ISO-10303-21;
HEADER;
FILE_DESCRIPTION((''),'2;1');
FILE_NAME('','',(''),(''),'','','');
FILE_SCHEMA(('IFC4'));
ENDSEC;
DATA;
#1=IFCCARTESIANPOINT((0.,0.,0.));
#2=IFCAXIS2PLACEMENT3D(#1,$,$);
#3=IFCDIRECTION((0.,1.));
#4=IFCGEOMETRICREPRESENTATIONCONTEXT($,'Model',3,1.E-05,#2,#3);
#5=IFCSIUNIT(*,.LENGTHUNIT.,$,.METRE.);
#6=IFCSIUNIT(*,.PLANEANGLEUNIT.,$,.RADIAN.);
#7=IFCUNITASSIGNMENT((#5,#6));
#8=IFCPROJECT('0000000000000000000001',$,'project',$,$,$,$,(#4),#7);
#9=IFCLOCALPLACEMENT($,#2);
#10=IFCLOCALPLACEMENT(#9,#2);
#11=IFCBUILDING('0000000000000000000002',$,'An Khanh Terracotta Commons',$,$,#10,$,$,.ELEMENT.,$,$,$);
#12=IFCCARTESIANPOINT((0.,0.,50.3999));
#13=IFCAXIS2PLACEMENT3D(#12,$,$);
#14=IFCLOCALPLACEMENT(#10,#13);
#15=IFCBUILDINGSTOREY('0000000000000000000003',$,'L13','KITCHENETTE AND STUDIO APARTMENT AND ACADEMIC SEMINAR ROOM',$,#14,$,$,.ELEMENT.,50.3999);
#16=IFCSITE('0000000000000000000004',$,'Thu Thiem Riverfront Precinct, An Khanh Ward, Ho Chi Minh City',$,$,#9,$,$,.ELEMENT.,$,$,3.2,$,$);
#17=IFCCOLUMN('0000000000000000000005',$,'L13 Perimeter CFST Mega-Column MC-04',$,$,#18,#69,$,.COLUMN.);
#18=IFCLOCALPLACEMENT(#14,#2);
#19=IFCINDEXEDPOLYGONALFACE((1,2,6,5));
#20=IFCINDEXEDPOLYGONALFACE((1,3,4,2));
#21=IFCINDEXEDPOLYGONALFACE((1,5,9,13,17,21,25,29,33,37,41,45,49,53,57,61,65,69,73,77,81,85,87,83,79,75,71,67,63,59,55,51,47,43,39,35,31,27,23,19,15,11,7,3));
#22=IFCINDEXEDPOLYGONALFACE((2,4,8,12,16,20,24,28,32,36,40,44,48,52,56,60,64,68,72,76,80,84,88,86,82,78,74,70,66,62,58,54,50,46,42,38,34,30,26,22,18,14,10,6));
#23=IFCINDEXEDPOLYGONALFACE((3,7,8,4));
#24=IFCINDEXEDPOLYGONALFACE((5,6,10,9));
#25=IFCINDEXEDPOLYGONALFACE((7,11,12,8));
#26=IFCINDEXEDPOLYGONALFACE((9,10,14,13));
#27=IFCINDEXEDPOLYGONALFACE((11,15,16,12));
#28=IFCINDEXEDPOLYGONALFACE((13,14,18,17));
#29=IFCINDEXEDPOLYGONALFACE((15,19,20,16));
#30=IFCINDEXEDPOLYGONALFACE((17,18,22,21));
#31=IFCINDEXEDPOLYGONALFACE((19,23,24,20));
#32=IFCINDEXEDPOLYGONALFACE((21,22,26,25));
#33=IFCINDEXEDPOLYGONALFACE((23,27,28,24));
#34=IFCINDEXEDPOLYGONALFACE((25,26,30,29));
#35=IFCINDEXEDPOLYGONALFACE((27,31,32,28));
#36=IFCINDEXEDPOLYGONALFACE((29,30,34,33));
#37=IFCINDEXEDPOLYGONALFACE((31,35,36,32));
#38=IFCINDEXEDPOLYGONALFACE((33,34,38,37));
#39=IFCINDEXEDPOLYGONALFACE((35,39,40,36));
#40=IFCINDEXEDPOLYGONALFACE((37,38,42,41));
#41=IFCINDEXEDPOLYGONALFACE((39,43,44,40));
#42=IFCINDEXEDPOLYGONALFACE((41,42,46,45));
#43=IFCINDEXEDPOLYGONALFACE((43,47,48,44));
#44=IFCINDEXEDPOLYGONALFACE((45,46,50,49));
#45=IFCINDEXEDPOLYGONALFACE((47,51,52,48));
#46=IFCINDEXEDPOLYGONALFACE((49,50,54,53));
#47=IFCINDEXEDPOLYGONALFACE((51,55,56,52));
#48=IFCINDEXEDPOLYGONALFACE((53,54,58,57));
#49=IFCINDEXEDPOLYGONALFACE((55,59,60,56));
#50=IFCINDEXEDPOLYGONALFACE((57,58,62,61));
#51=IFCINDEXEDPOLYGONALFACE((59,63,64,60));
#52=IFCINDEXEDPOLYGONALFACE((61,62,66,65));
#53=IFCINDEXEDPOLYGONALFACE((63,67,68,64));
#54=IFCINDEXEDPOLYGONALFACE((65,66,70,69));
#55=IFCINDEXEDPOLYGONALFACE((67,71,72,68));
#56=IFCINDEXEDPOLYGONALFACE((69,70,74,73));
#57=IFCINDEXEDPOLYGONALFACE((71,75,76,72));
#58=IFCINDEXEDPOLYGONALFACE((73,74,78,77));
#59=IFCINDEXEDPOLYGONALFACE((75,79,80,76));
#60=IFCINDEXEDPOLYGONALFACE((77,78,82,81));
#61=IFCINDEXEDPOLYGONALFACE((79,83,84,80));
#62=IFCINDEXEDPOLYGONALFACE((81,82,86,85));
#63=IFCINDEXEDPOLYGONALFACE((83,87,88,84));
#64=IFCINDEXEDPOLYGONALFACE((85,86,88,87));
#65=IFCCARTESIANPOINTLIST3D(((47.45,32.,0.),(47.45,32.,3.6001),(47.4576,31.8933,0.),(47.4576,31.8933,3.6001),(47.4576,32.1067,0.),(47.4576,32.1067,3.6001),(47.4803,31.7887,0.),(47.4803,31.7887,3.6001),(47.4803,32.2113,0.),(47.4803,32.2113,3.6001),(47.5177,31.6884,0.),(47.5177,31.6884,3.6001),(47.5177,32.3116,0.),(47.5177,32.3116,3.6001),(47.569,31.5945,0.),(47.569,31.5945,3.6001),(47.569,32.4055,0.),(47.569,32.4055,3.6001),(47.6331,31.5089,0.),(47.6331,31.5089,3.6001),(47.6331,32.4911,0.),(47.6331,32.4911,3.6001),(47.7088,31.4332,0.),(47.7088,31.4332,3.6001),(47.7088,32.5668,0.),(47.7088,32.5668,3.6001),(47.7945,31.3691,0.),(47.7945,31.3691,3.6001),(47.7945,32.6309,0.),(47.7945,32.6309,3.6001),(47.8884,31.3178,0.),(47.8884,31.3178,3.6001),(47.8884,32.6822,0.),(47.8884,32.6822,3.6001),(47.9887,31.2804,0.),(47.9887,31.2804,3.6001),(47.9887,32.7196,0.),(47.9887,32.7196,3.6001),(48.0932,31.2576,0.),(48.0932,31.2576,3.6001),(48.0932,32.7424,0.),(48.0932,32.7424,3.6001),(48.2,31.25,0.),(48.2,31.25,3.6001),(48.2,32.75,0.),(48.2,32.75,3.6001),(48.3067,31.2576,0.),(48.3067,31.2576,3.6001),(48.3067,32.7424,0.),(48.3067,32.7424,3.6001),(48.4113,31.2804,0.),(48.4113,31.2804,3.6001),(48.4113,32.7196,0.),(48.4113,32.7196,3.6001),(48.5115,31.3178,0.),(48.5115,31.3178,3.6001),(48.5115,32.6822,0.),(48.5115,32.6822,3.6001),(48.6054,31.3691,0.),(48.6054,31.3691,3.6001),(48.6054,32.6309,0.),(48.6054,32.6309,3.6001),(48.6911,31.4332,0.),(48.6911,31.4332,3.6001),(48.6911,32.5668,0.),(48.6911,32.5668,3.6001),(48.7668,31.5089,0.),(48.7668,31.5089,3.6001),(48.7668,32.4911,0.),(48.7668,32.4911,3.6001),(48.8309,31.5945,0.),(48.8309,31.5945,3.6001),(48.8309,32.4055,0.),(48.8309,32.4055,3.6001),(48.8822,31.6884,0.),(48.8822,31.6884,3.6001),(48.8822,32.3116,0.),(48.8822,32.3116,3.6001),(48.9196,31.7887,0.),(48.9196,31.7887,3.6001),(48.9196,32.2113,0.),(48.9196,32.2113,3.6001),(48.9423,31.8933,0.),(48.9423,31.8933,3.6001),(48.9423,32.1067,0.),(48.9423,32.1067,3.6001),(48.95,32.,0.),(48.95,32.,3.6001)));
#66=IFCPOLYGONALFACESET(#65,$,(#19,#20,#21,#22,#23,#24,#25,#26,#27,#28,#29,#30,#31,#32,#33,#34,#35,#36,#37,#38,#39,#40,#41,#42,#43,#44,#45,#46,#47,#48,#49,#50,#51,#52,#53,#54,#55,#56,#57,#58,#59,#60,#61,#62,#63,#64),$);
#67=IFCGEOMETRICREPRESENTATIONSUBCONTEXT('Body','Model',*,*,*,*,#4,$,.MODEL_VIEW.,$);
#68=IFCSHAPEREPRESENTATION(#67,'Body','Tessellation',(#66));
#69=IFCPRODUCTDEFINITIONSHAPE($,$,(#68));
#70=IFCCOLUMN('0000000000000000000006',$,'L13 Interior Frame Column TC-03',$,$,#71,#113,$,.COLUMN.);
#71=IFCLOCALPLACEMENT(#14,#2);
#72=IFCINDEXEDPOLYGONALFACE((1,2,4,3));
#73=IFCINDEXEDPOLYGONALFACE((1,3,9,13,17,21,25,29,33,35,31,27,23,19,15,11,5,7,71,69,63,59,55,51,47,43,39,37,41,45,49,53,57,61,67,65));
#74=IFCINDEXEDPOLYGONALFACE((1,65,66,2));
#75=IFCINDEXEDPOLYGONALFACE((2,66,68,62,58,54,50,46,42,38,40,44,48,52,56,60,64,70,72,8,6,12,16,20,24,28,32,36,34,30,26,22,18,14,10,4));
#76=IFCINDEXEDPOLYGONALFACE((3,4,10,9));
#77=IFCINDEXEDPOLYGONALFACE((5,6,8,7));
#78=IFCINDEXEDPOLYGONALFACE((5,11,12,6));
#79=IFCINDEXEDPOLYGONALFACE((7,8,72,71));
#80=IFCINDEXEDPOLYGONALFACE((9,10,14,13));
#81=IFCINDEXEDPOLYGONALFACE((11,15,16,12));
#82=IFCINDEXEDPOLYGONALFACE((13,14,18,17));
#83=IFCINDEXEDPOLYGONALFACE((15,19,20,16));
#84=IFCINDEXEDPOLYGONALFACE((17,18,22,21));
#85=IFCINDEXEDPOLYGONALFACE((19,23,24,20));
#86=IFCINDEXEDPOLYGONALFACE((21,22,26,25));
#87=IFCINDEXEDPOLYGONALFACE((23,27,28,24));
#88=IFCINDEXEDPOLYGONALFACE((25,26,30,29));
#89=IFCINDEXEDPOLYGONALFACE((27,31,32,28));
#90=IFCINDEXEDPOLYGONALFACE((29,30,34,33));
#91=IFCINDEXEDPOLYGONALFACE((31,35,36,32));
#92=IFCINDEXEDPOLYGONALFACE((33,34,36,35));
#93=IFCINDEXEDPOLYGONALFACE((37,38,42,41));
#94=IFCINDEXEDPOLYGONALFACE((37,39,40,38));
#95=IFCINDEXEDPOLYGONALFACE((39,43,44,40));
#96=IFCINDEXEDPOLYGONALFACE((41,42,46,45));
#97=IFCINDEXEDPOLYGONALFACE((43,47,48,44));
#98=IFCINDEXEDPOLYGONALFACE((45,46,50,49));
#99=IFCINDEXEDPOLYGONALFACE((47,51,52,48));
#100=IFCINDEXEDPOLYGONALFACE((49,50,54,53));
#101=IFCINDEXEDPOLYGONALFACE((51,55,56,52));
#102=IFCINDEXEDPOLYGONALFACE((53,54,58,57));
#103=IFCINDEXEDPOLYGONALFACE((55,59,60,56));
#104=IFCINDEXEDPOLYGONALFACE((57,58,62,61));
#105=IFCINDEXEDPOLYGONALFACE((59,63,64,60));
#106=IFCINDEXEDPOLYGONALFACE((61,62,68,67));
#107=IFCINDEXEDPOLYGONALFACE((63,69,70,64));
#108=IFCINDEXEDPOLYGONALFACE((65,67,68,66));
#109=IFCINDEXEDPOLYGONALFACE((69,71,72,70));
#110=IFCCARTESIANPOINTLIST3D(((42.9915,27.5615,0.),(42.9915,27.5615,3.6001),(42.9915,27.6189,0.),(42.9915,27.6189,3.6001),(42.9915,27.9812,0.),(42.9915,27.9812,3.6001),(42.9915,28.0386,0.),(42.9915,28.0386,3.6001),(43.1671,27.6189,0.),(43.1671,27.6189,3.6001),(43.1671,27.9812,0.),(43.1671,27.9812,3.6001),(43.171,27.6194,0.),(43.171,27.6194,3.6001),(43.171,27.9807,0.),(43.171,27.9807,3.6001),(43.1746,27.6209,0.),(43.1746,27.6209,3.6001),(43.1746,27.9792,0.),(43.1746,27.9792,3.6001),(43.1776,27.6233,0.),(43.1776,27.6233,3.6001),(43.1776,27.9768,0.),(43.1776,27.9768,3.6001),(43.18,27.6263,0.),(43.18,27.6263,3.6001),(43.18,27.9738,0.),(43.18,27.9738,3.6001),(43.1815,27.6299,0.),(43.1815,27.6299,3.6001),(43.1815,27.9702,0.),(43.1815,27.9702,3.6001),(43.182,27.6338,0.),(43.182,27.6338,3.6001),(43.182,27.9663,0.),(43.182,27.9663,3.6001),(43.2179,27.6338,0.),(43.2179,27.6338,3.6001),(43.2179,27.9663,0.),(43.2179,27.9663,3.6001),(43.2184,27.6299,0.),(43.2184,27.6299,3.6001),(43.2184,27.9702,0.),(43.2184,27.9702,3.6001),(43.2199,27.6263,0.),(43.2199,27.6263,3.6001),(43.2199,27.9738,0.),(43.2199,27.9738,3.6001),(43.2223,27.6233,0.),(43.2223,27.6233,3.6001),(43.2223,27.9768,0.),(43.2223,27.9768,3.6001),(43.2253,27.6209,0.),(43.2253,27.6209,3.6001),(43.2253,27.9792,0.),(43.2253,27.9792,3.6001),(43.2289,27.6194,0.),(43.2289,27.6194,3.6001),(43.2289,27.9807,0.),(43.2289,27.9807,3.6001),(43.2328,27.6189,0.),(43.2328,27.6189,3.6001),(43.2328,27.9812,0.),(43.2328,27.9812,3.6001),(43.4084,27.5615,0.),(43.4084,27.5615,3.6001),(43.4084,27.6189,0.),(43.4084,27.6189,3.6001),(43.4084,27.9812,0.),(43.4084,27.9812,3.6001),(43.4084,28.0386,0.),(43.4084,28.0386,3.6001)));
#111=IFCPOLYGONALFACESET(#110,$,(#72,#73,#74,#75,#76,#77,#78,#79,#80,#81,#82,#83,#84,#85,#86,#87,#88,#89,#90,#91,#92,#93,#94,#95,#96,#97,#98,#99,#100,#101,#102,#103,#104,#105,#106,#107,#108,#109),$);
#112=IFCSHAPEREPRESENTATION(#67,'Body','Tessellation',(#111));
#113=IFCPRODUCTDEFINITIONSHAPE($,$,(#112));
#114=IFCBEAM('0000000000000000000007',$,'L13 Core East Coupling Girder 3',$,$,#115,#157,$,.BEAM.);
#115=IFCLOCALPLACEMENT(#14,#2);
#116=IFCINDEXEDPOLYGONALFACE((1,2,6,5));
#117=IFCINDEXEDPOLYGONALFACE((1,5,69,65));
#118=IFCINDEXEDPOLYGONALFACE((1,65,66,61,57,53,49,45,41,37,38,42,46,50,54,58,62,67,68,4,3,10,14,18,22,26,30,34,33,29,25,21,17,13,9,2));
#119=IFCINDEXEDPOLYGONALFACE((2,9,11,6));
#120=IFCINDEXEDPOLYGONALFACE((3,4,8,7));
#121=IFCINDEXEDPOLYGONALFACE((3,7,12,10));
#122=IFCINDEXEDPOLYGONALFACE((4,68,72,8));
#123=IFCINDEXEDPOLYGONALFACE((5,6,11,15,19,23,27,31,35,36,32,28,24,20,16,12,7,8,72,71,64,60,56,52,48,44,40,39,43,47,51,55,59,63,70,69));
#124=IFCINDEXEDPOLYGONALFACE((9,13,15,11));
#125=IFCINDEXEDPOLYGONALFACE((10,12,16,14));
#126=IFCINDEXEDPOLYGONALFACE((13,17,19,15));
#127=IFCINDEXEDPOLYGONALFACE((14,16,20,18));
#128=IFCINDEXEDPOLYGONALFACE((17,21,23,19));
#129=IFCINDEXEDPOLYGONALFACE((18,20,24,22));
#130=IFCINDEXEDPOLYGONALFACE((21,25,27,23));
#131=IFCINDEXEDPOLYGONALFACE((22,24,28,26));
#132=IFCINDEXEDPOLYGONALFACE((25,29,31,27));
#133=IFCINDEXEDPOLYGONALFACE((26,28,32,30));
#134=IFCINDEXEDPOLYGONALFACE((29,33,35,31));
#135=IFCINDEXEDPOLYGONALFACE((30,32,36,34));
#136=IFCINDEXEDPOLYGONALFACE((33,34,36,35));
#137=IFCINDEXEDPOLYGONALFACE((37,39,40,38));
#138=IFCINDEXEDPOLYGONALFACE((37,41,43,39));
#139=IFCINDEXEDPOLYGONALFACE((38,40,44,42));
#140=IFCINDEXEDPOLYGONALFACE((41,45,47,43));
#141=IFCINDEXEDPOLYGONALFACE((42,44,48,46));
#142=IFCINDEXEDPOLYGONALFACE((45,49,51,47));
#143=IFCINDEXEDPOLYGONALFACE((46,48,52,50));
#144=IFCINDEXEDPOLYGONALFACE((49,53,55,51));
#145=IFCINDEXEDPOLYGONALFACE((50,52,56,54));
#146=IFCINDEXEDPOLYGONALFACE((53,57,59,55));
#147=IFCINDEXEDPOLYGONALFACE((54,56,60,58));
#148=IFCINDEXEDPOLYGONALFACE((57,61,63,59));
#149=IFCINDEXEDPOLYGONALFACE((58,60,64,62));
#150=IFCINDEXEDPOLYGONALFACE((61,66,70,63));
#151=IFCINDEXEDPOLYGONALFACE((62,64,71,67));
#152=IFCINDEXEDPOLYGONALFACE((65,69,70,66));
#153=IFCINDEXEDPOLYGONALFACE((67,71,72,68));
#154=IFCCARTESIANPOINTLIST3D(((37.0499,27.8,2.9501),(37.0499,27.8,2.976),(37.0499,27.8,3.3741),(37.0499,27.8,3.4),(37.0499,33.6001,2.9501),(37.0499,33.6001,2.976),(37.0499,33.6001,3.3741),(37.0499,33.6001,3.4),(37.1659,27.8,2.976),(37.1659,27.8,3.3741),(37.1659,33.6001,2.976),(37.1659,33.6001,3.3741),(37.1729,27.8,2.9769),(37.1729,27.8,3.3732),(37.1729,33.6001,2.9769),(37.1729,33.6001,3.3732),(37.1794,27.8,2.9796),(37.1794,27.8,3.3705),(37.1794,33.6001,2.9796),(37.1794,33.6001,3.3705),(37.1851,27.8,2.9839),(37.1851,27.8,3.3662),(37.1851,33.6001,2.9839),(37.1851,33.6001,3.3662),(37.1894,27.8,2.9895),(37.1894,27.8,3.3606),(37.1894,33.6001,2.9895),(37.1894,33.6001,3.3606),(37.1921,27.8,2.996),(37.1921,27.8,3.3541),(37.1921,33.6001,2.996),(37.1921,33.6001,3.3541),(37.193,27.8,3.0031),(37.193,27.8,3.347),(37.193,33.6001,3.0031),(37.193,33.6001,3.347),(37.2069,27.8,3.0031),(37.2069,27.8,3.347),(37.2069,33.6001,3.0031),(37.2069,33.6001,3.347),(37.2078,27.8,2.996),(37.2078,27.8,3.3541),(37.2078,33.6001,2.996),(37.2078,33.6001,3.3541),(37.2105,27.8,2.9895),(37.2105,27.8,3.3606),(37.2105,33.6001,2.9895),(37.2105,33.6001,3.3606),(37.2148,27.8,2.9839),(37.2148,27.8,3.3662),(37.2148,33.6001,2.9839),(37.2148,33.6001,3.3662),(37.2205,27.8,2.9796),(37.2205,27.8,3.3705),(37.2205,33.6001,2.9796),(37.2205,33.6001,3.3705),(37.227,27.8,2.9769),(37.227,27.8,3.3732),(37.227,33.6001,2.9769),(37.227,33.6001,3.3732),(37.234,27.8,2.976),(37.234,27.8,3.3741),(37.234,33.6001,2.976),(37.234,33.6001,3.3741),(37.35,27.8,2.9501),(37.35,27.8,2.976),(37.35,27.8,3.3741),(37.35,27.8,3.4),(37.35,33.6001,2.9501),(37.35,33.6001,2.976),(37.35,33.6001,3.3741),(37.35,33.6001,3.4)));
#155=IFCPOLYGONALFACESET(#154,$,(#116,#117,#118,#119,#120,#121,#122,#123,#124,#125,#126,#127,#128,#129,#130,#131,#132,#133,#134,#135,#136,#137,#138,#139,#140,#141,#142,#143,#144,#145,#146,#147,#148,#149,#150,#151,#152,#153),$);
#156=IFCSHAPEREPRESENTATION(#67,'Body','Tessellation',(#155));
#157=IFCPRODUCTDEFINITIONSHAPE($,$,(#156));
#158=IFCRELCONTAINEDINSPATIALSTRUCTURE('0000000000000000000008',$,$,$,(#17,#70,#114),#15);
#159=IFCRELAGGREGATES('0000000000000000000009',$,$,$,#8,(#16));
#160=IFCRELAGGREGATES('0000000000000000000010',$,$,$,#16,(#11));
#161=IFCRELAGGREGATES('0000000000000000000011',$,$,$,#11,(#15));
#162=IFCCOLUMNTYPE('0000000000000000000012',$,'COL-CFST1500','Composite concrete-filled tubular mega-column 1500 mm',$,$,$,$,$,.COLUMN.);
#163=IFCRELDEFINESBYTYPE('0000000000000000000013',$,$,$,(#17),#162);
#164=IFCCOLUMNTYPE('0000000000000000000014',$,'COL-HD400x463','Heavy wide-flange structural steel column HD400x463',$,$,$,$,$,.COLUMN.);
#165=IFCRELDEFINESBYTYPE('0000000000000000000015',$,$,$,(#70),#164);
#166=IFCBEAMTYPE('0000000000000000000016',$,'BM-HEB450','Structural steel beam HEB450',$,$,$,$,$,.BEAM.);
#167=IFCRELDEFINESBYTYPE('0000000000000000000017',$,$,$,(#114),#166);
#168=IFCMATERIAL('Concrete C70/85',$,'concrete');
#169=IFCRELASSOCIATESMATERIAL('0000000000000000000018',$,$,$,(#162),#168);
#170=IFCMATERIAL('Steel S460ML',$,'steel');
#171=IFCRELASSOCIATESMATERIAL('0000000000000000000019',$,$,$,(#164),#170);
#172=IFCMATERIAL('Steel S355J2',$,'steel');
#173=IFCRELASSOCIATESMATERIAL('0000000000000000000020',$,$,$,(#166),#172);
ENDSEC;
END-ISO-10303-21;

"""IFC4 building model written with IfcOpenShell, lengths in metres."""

from ifc_helpers import new_model, si_unit, direction, frame, origin, origin_2d, place, context, subcontext, project, spatial, circle, i_section, extrude, material, material_profile, profile_set, type_object, element, save


model = new_model("IFC4")

# Units and contexts
model_context = context("Model", 3, precision=1e-05, world=origin(), true_north=direction((0.0, 1.0)))
body_context = subcontext(model_context, "Body", "Model", "MODEL_VIEW")
ifc_project = project(units=[si_unit("LENGTHUNIT", "METRE"), si_unit("PLANEANGLEUNIT", "RADIAN")], contexts=[model_context])

# Site, building, storey
site_placement = place(None, origin())
site = spatial("IfcSite", under=ifc_project, at=site_placement, Name="Thu Thiem Riverfront Precinct, An Khanh Ward, Ho Chi Minh City", CompositionType="ELEMENT", RefElevation=3.2)
building_placement = place(site_placement, origin())
building = spatial("IfcBuilding", under=site, at=building_placement, Name="An Khanh Terracotta Commons", CompositionType="ELEMENT")
storey_placement = place(building_placement, frame((0.0, 0.0, 50.3999)))
storey = spatial("IfcBuildingStorey", under=building, at=storey_placement, Name="L13", Description="KITCHENETTE AND STUDIO APARTMENT AND ACADEMIC SEMINAR ROOM", CompositionType="ELEMENT", Elevation=50.3999)

# Columns
ifc_material_1 = material(Name="Concrete C70/85", Category="concrete")
ifc_material_profile_1 = material_profile(ifc_material_1, circle(Radius=0.75, at=origin_2d()), Name="CFST1500")
ifc_profile_set_1 = profile_set([ifc_material_profile_1], Name="Concrete C70/85")
column_type_1 = type_object("IfcColumnType", Name="COL-CFST1500", Description="Composite concrete-filled tubular mega-column 1500 mm", PredefinedType="COLUMN", material=ifc_profile_set_1)
column_1_placement = place(storey_placement, frame((48.2, 32.0, 0.0), z_axis=(0.0, 0.0, 1.0), x_axis=(1.0, 0.0, 0.0)))
element("IfcColumn", 1, at=column_1_placement, inside=storey, type_object=column_type_1, Name="L13 Perimeter CFST Mega-Column MC-04", PredefinedType="COLUMN", context=body_context, shape_type="SweptSolid", body=[
    extrude(circle(Radius=0.75, at=origin_2d()), origin(), (0.0, 0.0, 1.0), 3.6001),
])
ifc_material_2 = material(Name="Steel S460ML", Category="steel")
ifc_material_profile_2 = material_profile(ifc_material_2, i_section(OverallWidth=0.417, OverallDepth=0.4771, WebThickness=0.0359, FlangeThickness=0.0574, FilletRadius=0.0149, at=origin_2d()), Name="HD400x463")
ifc_profile_set_2 = profile_set([ifc_material_profile_2], Name="Steel S460ML")
column_type_2 = type_object("IfcColumnType", Name="COL-HD400x463", Description="Heavy wide-flange structural steel column HD400x463", PredefinedType="COLUMN", material=ifc_profile_set_2)
column_2_placement = place(storey_placement, frame((43.2, 27.8, 0.0), z_axis=(0.0, 0.0, 1.0), x_axis=(1.0, 0.0, 0.0)))
element("IfcColumn", 2, at=column_2_placement, inside=storey, type_object=column_type_2, Name="L13 Interior Frame Column TC-03", PredefinedType="COLUMN", context=body_context, shape_type="SweptSolid", body=[
    extrude(i_section(OverallWidth=0.417, OverallDepth=0.4771, WebThickness=0.0359, FlangeThickness=0.0574, FilletRadius=0.0149, at=origin_2d()), origin(), (0.0, 0.0, 1.0), 3.6001),
])

# Beam
ifc_material_3 = material(Name="Steel S355J2", Category="steel")
ifc_material_profile_3 = material_profile(ifc_material_3, i_section(OverallWidth=0.3, OverallDepth=0.45, WebThickness=0.0139, FlangeThickness=0.0259, FilletRadius=0.0271, at=origin_2d()), Name="HEB450")
ifc_profile_set_3 = profile_set([ifc_material_profile_3], Name="Steel S355J2")
beam_type_1 = type_object("IfcBeamType", Name="BM-HEB450", Description="Structural steel beam HEB450", PredefinedType="BEAM", material=ifc_profile_set_3)
beam_1_placement = place(storey_placement, frame((37.2, 27.8, 3.175), z_axis=(0.0, 1.0, 0.0), x_axis=(-1.0, 0.0, 0.0)))
element("IfcBeam", 3, at=beam_1_placement, inside=storey, type_object=beam_type_1, Name="L13 Core East Coupling Girder 3", PredefinedType="BEAM", context=body_context, shape_type="SweptSolid", body=[
    extrude(i_section(OverallWidth=0.3, OverallDepth=0.45, WebThickness=0.0139, FlangeThickness=0.0259, FilletRadius=0.0271, at=origin_2d()), origin(), (0.0, 0.0, 1.0), 5.8),
])

save(model, "model.ifc")
